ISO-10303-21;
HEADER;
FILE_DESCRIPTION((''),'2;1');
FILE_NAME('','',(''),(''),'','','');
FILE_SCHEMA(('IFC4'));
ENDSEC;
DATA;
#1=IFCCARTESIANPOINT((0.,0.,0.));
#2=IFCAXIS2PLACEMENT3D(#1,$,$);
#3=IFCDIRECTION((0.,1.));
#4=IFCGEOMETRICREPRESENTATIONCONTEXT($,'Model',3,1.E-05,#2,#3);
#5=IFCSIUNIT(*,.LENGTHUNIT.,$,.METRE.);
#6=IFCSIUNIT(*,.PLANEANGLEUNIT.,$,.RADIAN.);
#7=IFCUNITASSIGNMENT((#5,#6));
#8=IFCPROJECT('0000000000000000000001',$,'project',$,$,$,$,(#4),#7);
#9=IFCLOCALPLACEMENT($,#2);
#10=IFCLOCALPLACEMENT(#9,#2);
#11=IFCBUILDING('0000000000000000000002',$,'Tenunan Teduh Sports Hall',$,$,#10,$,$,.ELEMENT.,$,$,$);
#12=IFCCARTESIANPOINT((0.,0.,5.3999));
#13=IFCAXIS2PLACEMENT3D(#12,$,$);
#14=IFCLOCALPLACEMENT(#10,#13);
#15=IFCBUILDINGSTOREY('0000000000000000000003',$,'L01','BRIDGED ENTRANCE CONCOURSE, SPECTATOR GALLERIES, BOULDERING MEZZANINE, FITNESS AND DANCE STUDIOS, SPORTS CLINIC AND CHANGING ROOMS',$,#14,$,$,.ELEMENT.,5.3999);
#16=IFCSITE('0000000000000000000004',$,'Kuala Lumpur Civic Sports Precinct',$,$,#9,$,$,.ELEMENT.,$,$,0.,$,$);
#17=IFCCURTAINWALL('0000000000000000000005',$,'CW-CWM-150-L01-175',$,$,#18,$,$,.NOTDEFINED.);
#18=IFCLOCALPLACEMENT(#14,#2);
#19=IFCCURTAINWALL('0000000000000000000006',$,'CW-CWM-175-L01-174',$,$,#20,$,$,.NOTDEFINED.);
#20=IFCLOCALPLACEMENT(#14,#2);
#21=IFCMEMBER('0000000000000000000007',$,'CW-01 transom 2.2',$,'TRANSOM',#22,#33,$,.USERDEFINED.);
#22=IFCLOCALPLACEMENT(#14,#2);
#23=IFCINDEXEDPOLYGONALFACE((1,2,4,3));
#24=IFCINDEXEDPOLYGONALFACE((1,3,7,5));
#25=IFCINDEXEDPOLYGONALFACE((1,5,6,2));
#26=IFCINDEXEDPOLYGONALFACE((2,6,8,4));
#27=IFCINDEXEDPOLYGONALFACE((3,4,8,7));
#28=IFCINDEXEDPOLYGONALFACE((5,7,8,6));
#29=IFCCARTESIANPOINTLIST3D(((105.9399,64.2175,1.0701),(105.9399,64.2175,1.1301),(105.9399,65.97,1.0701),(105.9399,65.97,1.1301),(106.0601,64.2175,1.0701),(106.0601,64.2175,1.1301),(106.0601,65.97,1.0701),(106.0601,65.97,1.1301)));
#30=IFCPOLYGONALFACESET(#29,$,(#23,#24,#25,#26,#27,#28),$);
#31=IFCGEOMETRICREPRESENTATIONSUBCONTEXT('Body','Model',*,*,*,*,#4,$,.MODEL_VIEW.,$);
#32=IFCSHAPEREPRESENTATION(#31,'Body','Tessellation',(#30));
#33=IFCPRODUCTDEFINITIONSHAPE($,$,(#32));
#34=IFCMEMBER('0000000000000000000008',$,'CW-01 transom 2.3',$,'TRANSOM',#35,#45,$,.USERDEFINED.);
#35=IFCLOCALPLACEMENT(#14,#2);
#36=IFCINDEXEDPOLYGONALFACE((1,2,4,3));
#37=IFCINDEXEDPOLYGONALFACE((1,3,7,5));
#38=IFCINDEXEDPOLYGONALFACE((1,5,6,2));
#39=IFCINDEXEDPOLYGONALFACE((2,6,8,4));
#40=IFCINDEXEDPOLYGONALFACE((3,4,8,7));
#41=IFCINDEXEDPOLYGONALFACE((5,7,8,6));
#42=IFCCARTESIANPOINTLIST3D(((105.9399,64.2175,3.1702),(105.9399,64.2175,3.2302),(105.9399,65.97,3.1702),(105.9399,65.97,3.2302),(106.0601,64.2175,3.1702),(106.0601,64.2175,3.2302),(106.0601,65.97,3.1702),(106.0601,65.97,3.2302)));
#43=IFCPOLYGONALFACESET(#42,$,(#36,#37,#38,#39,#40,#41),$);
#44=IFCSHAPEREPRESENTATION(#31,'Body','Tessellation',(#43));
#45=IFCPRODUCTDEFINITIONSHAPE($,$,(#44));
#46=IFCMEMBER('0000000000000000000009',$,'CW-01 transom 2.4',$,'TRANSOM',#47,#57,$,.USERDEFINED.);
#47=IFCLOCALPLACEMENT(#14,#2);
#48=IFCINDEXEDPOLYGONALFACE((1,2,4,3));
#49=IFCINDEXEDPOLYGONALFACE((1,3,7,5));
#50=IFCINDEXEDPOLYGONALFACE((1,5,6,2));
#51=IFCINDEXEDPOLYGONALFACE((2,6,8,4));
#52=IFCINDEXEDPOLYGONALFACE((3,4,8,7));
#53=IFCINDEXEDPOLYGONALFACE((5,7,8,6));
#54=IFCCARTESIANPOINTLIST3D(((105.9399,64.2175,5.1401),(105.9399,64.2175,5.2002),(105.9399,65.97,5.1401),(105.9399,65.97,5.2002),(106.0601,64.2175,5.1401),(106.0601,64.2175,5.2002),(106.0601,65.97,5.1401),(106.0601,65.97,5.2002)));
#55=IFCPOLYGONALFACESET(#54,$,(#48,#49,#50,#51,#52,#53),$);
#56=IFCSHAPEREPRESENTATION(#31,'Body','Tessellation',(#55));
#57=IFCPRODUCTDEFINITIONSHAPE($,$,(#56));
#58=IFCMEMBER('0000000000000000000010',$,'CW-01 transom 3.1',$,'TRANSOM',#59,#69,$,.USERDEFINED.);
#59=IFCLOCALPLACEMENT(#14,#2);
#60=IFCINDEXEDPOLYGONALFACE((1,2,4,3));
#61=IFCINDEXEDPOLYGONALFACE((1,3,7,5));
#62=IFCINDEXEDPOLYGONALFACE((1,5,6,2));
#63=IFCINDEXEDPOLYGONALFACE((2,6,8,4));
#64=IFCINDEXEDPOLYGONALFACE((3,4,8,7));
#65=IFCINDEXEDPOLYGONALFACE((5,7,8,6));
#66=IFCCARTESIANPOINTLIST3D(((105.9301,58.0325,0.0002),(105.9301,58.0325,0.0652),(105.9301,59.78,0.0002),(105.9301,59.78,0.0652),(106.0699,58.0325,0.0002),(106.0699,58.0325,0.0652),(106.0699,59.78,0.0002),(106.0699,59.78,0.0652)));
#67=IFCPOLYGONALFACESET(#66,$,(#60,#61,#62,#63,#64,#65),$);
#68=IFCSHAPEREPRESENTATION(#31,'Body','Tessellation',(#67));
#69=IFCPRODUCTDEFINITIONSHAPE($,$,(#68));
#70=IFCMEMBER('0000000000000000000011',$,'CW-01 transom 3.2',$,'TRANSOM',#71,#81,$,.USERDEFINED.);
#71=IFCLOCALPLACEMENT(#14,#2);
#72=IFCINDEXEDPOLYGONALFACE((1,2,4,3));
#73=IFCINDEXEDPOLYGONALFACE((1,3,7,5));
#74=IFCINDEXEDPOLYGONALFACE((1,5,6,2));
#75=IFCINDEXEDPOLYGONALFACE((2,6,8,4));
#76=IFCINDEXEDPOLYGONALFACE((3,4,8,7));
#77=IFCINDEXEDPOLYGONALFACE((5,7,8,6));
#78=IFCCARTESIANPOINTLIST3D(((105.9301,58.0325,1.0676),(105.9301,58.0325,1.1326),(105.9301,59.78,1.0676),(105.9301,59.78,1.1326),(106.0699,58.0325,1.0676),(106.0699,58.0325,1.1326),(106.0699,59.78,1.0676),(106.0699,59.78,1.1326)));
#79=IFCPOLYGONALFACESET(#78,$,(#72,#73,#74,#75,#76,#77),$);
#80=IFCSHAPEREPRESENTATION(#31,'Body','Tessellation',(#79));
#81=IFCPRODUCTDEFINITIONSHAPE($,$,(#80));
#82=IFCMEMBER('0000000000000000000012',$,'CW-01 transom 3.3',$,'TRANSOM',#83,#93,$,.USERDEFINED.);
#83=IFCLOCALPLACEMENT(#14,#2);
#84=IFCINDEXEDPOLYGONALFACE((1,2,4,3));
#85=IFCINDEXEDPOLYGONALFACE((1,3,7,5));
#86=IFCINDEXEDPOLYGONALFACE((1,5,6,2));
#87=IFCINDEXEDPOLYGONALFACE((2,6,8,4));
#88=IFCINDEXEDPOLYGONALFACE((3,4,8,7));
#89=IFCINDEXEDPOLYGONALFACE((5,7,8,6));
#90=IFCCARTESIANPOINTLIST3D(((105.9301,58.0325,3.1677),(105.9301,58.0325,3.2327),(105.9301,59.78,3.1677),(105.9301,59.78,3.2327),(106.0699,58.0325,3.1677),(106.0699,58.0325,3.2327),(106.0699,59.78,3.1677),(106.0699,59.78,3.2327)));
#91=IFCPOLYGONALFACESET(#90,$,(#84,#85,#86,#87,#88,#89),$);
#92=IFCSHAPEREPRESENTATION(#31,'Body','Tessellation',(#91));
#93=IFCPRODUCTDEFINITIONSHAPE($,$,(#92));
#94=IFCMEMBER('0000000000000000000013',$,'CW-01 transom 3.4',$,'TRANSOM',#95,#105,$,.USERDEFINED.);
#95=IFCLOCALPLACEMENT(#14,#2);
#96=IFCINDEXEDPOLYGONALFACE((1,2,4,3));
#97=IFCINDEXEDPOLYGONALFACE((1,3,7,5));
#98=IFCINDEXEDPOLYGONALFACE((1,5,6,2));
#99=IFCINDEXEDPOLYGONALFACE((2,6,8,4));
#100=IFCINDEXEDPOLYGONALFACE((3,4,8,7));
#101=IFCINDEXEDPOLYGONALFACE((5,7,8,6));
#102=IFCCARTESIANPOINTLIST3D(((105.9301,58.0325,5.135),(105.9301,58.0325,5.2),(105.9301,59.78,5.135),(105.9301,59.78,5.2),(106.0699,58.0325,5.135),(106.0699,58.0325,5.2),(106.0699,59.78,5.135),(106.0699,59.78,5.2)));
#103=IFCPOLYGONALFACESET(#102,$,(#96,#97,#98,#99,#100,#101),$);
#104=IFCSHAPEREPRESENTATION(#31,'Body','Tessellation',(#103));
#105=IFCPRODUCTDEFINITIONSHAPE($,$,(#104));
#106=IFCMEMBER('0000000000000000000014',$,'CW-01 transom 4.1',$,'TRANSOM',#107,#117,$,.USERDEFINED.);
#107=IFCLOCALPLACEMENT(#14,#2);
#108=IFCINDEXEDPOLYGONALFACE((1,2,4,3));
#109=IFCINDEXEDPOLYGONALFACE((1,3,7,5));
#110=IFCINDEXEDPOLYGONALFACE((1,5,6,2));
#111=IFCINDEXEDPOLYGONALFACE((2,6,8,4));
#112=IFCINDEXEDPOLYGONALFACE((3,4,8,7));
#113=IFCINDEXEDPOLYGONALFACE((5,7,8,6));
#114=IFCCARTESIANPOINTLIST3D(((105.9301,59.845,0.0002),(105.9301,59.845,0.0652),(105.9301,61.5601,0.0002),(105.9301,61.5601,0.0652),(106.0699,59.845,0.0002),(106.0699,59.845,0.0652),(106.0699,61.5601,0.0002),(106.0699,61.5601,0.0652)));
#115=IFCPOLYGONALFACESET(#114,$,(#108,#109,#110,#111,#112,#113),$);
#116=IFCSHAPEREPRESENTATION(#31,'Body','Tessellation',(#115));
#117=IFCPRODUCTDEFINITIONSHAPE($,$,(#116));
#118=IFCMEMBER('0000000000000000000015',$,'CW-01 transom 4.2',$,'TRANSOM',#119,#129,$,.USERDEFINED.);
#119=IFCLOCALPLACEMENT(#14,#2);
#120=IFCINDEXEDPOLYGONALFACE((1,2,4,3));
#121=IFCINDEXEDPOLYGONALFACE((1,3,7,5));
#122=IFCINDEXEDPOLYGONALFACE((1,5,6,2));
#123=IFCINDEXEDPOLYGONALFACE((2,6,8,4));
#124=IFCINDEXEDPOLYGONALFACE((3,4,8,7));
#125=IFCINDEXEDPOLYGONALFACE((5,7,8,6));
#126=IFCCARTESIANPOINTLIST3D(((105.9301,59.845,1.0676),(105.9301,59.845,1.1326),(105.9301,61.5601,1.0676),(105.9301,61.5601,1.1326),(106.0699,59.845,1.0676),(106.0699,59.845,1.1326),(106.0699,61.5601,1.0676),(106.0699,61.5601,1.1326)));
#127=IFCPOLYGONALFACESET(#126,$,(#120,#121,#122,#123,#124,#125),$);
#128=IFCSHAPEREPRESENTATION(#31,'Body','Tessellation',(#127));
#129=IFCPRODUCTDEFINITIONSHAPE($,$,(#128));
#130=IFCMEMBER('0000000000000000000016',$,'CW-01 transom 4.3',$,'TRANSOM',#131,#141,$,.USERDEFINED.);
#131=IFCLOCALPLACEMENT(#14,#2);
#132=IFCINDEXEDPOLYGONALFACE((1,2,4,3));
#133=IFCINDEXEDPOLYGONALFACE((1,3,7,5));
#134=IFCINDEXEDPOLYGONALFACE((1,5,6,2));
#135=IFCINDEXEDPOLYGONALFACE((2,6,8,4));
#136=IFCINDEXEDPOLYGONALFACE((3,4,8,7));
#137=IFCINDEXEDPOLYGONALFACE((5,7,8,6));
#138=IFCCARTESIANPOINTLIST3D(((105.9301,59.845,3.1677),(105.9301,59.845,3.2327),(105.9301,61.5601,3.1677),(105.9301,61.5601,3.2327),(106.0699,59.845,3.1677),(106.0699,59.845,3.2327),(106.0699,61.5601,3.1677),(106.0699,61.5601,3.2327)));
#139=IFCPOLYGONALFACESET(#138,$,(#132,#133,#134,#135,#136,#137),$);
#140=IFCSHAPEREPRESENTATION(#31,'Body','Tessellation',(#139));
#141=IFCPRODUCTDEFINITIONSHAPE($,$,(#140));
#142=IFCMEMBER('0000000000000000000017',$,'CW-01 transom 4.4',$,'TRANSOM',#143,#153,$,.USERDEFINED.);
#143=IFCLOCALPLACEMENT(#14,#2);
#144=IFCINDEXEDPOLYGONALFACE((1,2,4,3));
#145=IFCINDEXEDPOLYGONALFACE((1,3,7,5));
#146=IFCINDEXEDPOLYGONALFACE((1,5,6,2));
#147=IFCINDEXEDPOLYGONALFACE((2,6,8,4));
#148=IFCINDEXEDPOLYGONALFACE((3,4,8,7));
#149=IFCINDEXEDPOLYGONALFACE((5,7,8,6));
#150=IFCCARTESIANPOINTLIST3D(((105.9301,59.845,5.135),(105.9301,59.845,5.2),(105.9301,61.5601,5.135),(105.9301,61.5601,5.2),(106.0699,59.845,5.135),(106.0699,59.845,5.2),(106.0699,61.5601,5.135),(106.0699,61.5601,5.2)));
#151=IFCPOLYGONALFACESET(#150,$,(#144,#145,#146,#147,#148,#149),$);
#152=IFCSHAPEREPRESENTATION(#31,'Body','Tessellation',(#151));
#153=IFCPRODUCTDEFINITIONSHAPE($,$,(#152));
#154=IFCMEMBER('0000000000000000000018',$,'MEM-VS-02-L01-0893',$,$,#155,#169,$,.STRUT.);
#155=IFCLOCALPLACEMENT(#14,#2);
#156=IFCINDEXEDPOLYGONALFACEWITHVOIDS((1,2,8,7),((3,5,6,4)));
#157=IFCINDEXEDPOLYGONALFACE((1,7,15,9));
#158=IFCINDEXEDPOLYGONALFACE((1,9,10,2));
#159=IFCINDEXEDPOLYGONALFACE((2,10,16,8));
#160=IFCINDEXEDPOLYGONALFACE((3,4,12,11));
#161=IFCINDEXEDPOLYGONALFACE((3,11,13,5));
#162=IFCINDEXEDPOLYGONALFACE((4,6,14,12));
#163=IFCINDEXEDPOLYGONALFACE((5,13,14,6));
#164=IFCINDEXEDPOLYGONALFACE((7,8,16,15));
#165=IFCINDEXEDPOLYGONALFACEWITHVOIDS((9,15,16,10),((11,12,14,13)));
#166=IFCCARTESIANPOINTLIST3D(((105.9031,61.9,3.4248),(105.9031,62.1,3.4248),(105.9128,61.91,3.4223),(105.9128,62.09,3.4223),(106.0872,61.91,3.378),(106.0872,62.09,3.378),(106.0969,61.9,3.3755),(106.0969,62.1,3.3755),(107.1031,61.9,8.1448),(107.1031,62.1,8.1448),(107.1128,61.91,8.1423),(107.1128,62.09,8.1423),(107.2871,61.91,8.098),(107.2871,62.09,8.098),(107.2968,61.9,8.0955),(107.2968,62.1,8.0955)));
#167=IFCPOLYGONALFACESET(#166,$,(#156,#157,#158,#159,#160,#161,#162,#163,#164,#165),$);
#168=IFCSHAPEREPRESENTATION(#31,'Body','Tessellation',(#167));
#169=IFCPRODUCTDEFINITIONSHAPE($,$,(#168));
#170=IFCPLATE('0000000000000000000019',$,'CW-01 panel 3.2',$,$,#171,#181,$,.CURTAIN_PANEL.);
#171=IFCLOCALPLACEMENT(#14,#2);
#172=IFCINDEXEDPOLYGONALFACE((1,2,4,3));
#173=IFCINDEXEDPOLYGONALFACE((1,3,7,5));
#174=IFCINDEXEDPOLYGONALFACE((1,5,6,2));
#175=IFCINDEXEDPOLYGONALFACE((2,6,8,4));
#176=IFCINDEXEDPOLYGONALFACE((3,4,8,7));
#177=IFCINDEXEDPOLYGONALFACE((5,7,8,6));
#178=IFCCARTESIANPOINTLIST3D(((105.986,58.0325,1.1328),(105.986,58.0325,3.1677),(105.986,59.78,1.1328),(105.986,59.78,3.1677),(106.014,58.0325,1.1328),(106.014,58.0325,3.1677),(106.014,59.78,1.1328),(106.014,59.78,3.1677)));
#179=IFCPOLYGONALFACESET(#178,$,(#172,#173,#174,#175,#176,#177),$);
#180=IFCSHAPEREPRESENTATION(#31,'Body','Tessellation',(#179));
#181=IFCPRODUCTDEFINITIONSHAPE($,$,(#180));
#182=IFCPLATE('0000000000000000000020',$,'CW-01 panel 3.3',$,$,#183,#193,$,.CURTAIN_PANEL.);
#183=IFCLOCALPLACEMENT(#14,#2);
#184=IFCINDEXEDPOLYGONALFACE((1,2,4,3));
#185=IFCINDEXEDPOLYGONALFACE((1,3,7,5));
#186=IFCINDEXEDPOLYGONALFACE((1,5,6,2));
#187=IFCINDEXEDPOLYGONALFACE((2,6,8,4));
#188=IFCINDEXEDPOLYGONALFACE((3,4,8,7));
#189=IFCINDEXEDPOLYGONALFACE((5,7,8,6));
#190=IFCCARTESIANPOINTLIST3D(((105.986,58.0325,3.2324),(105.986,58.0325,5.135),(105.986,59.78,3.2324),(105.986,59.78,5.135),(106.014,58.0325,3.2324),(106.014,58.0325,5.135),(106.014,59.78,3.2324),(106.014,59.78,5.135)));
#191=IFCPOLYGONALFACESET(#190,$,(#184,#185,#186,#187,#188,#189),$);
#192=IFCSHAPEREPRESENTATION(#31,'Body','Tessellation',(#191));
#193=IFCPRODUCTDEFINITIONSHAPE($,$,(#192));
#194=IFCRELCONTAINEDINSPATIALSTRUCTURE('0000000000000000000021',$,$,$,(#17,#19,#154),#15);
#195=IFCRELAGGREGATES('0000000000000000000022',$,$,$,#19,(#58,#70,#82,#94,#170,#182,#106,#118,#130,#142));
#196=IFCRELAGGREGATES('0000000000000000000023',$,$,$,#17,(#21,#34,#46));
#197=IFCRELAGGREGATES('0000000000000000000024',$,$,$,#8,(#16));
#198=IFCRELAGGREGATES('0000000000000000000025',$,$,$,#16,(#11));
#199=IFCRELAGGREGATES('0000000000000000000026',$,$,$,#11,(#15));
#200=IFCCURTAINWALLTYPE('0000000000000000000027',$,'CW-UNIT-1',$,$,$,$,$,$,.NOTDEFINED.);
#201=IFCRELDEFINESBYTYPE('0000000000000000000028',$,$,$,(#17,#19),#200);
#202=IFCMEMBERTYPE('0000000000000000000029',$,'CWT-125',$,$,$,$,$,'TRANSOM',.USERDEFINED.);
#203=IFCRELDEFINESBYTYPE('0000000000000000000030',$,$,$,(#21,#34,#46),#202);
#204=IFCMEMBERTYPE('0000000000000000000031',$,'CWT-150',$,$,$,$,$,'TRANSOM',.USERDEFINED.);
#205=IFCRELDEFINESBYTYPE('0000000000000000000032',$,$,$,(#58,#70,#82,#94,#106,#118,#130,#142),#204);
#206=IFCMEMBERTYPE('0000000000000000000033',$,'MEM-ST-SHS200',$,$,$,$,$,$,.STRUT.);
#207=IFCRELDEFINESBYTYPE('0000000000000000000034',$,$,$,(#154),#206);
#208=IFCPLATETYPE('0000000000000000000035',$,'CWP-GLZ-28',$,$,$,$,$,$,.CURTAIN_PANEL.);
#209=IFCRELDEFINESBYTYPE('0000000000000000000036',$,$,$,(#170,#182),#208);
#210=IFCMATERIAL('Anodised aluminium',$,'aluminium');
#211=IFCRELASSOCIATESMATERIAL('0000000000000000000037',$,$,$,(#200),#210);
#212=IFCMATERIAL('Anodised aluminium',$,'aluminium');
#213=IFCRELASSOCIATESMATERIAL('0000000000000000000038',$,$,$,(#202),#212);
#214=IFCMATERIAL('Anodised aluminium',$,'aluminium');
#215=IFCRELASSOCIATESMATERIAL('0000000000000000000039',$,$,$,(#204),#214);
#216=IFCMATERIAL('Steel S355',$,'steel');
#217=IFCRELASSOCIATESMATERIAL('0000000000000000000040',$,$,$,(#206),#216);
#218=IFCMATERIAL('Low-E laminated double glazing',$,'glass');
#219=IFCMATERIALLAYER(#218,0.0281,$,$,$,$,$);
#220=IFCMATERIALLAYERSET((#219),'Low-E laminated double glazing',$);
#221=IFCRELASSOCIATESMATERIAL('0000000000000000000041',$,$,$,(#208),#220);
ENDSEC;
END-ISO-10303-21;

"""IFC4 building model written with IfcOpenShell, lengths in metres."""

from ifc_helpers import new_model, si_unit, direction, frame, origin, origin_2d, place, context, subcontext, project, spatial, rectangle, hollow_rectangle, extrude, material, layer, layer_set, material_profile, profile_set, type_object, element, aggregate, save


model = new_model("IFC4")

# Units and contexts
model_context = context("Model", 3, precision=1e-05, world=origin(), true_north=direction((0.0, 1.0)))
body_context = subcontext(model_context, "Body", "Model", "MODEL_VIEW")
ifc_project = project(units=[si_unit("LENGTHUNIT", "METRE"), si_unit("PLANEANGLEUNIT", "RADIAN")], contexts=[model_context])

# Site, building, storey
site_placement = place(None, origin())
site = spatial("IfcSite", under=ifc_project, at=site_placement, Name="Kuala Lumpur Civic Sports Precinct", CompositionType="ELEMENT", RefElevation=0.0)
building_placement = place(site_placement, origin())
building = spatial("IfcBuilding", under=site, at=building_placement, Name="Tenunan Teduh Sports Hall", CompositionType="ELEMENT")
storey_placement = place(building_placement, frame((0.0, 0.0, 5.3999)))
storey = spatial("IfcBuildingStorey", under=building, at=storey_placement, Name="L01", Description="BRIDGED ENTRANCE CONCOURSE, SPECTATOR GALLERIES, BOULDERING MEZZANINE, FITNESS AND DANCE STUDIOS, SPORTS CLINIC AND CHANGING ROOMS", CompositionType="ELEMENT", Elevation=5.3999)

# Curtain walls
ifc_material_1 = material(Name="Anodised aluminium", Category="aluminium")
curtain_wall_type = type_object("IfcCurtainWallType", Name="CW-UNIT-1", PredefinedType="NOTDEFINED", material=ifc_material_1)
curtain_wall_1_placement = place(storey_placement, origin())
curtain_wall_1 = element("IfcCurtainWall", 1, at=curtain_wall_1_placement, inside=storey, type_object=curtain_wall_type, Name="CW-CWM-150-L01-175", PredefinedType="NOTDEFINED")
curtain_wall_2_placement = place(storey_placement, origin())
curtain_wall_2 = element("IfcCurtainWall", 2, at=curtain_wall_2_placement, inside=storey, type_object=curtain_wall_type, Name="CW-CWM-175-L01-174", PredefinedType="NOTDEFINED")

# Members
ifc_material_2 = material(Name="Anodised aluminium", Category="aluminium")
ifc_material_profile_1 = material_profile(ifc_material_2, rectangle(XDim=0.0601, YDim=0.1201, at=origin_2d()), Name="CWT 60x120")
ifc_profile_set_1 = profile_set([ifc_material_profile_1], Name="Anodised aluminium")
member_type_1 = type_object("IfcMemberType", Name="CWT-125", ElementType="TRANSOM", PredefinedType="USERDEFINED", material=ifc_profile_set_1)
member_1_placement = place(storey_placement, frame((106.0, 64.2175, 1.1001), z_axis=(0.0, 1.0, 0.0), x_axis=(0.0, 0.0, 1.0)))
member_1 = element("IfcMember", 3, at=member_1_placement, type_object=member_type_1, Name="CW-01 transom 2.2", ObjectType="TRANSOM", PredefinedType="USERDEFINED", context=body_context, shape_type="SweptSolid", body=[
    extrude(rectangle(XDim=0.0601, YDim=0.1201, at=origin_2d()), origin(), (0.0, 0.0, 1.0), 1.7524),
])
member_2_placement = place(storey_placement, frame((106.0, 64.2175, 3.2002), z_axis=(0.0, 1.0, 0.0), x_axis=(0.0, 0.0, 1.0)))
member_2 = element("IfcMember", 4, at=member_2_placement, type_object=member_type_1, Name="CW-01 transom 2.3", ObjectType="TRANSOM", PredefinedType="USERDEFINED", context=body_context, shape_type="SweptSolid", body=[
    extrude(rectangle(XDim=0.0601, YDim=0.1201, at=origin_2d()), origin(), (0.0, 0.0, 1.0), 1.7524),
])
member_3_placement = place(storey_placement, frame((106.0, 64.2175, 5.1702), z_axis=(0.0, 1.0, 0.0), x_axis=(0.0, 0.0, 1.0)))
member_3 = element("IfcMember", 5, at=member_3_placement, type_object=member_type_1, Name="CW-01 transom 2.4", ObjectType="TRANSOM", PredefinedType="USERDEFINED", context=body_context, shape_type="SweptSolid", body=[
    extrude(rectangle(XDim=0.0601, YDim=0.1201, at=origin_2d()), origin(), (0.0, 0.0, 1.0), 1.7524),
])
ifc_material_3 = material(Name="Anodised aluminium", Category="aluminium")
ifc_material_profile_2 = material_profile(ifc_material_3, rectangle(XDim=0.0649, YDim=0.1399, at=origin_2d()), Name="CWT 65x140")
ifc_profile_set_2 = profile_set([ifc_material_profile_2], Name="Anodised aluminium")
member_type_2 = type_object("IfcMemberType", Name="CWT-150", ElementType="TRANSOM", PredefinedType="USERDEFINED", material=ifc_profile_set_2)
member_4_placement = place(storey_placement, frame((106.0, 58.0325, 0.0327), z_axis=(0.0, 1.0, 0.0), x_axis=(0.0, 0.0, 1.0)))
member_4 = element("IfcMember", 6, at=member_4_placement, type_object=member_type_2, Name="CW-01 transom 3.1", ObjectType="TRANSOM", PredefinedType="USERDEFINED", context=body_context, shape_type="SweptSolid", body=[
    extrude(rectangle(XDim=0.0649, YDim=0.1399, at=origin_2d()), origin(), (0.0, 0.0, 1.0), 1.7476),
])
member_5_placement = place(storey_placement, frame((106.0, 58.0325, 1.1001), z_axis=(0.0, 1.0, 0.0), x_axis=(0.0, 0.0, 1.0)))
member_5 = element("IfcMember", 7, at=member_5_placement, type_object=member_type_2, Name="CW-01 transom 3.2", ObjectType="TRANSOM", PredefinedType="USERDEFINED", context=body_context, shape_type="SweptSolid", body=[
    extrude(rectangle(XDim=0.0649, YDim=0.1399, at=origin_2d()), origin(), (0.0, 0.0, 1.0), 1.7476),
])
member_6_placement = place(storey_placement, frame((106.0, 58.0325, 3.2002), z_axis=(0.0, 1.0, 0.0), x_axis=(0.0, 0.0, 1.0)))
member_6 = element("IfcMember", 8, at=member_6_placement, type_object=member_type_2, Name="CW-01 transom 3.3", ObjectType="TRANSOM", PredefinedType="USERDEFINED", context=body_context, shape_type="SweptSolid", body=[
    extrude(rectangle(XDim=0.0649, YDim=0.1399, at=origin_2d()), origin(), (0.0, 0.0, 1.0), 1.7476),
])
member_7_placement = place(storey_placement, frame((106.0, 58.0325, 5.1675), z_axis=(0.0, 1.0, 0.0), x_axis=(0.0, 0.0, 1.0)))
member_7 = element("IfcMember", 9, at=member_7_placement, type_object=member_type_2, Name="CW-01 transom 3.4", ObjectType="TRANSOM", PredefinedType="USERDEFINED", context=body_context, shape_type="SweptSolid", body=[
    extrude(rectangle(XDim=0.0649, YDim=0.1399, at=origin_2d()), origin(), (0.0, 0.0, 1.0), 1.7476),
])
member_8_placement = place(storey_placement, frame((106.0, 59.845, 0.0327), z_axis=(0.0, 1.0, 0.0), x_axis=(0.0, 0.0, 1.0)))
member_8 = element("IfcMember", 10, at=member_8_placement, type_object=member_type_2, Name="CW-01 transom 4.1", ObjectType="TRANSOM", PredefinedType="USERDEFINED", context=body_context, shape_type="SweptSolid", body=[
    extrude(rectangle(XDim=0.0649, YDim=0.1399, at=origin_2d()), origin(), (0.0, 0.0, 1.0), 1.7151),
])
member_9_placement = place(storey_placement, frame((106.0, 59.845, 1.1001), z_axis=(0.0, 1.0, 0.0), x_axis=(0.0, 0.0, 1.0)))
member_9 = element("IfcMember", 11, at=member_9_placement, type_object=member_type_2, Name="CW-01 transom 4.2", ObjectType="TRANSOM", PredefinedType="USERDEFINED", context=body_context, shape_type="SweptSolid", body=[
    extrude(rectangle(XDim=0.0649, YDim=0.1399, at=origin_2d()), origin(), (0.0, 0.0, 1.0), 1.7151),
])
member_10_placement = place(storey_placement, frame((106.0, 59.845, 3.2002), z_axis=(0.0, 1.0, 0.0), x_axis=(0.0, 0.0, 1.0)))
member_10 = element("IfcMember", 12, at=member_10_placement, type_object=member_type_2, Name="CW-01 transom 4.3", ObjectType="TRANSOM", PredefinedType="USERDEFINED", context=body_context, shape_type="SweptSolid", body=[
    extrude(rectangle(XDim=0.0649, YDim=0.1399, at=origin_2d()), origin(), (0.0, 0.0, 1.0), 1.7151),
])
member_11_placement = place(storey_placement, frame((106.0, 59.845, 5.1675), z_axis=(0.0, 1.0, 0.0), x_axis=(0.0, 0.0, 1.0)))
member_11 = element("IfcMember", 13, at=member_11_placement, type_object=member_type_2, Name="CW-01 transom 4.4", ObjectType="TRANSOM", PredefinedType="USERDEFINED", context=body_context, shape_type="SweptSolid", body=[
    extrude(rectangle(XDim=0.0649, YDim=0.1399, at=origin_2d()), origin(), (0.0, 0.0, 1.0), 1.7151),
])
ifc_material_4 = material(Name="Steel S355", Category="steel")
ifc_material_profile_3 = material_profile(ifc_material_4, hollow_rectangle(XDim=0.2, YDim=0.2, WallThickness=0.01, at=origin_2d()), Name="SHS 200x200x10.0")
ifc_profile_set_3 = profile_set([ifc_material_profile_3], Name="Steel S355")
member_type_3 = type_object("IfcMemberType", Name="MEM-ST-SHS200", PredefinedType="STRUT", material=ifc_profile_set_3)
member_12_placement = place(storey_placement, frame((106.0, 62.0, 3.4001), z_axis=(0.246391, 0.0, 0.969171), x_axis=(0.0, 1.0, 0.0)))
element("IfcMember", 14, at=member_12_placement, inside=storey, type_object=member_type_3, Name="MEM-VS-02-L01-0893", PredefinedType="STRUT", context=body_context, shape_type="SweptSolid", body=[
    extrude(hollow_rectangle(XDim=0.2, YDim=0.2, WallThickness=0.01, at=origin_2d()), origin(), (0.0, 0.0, 1.0), 4.8701),
])

# Plates
ifc_material_5 = material(Name="Low-E laminated double glazing", Category="glass")
ifc_layer_1 = layer(ifc_material_5, 0.0281)
ifc_layer_set_1 = layer_set([ifc_layer_1], Name="Low-E laminated double glazing")
plate_type_1 = type_object("IfcPlateType", Name="CWP-GLZ-28", PredefinedType="CURTAIN_PANEL", material=ifc_layer_set_1)
plate_1_placement = place(storey_placement, frame((106.0, 58.9062, 1.1328), z_axis=(0.0, 0.0, 1.0), x_axis=(0.0, 1.0, 0.0)))
plate_1 = element("IfcPlate", 15, at=plate_1_placement, type_object=plate_type_1, Name="CW-01 panel 3.2", PredefinedType="CURTAIN_PANEL", context=body_context, shape_type="SweptSolid", body=[
    extrude(rectangle(XDim=1.7476, YDim=0.0281, at=origin_2d()), origin(), (0.0, 0.0, 1.0), 2.0349),
])
plate_2_placement = place(storey_placement, frame((106.0, 58.9062, 3.2324), z_axis=(0.0, 0.0, 1.0), x_axis=(0.0, 1.0, 0.0)))
plate_2 = element("IfcPlate", 16, at=plate_2_placement, type_object=plate_type_1, Name="CW-01 panel 3.3", PredefinedType="CURTAIN_PANEL", context=body_context, shape_type="SweptSolid", body=[
    extrude(rectangle(XDim=1.7476, YDim=0.0281, at=origin_2d()), origin(), (0.0, 0.0, 1.0), 1.9026),
])
aggregate(curtain_wall_2, [member_4, member_5, member_6, member_7, plate_1, plate_2, member_8, member_9, member_10, member_11])
aggregate(curtain_wall_1, [member_1, member_2, member_3])

save(model, "model.ifc")
